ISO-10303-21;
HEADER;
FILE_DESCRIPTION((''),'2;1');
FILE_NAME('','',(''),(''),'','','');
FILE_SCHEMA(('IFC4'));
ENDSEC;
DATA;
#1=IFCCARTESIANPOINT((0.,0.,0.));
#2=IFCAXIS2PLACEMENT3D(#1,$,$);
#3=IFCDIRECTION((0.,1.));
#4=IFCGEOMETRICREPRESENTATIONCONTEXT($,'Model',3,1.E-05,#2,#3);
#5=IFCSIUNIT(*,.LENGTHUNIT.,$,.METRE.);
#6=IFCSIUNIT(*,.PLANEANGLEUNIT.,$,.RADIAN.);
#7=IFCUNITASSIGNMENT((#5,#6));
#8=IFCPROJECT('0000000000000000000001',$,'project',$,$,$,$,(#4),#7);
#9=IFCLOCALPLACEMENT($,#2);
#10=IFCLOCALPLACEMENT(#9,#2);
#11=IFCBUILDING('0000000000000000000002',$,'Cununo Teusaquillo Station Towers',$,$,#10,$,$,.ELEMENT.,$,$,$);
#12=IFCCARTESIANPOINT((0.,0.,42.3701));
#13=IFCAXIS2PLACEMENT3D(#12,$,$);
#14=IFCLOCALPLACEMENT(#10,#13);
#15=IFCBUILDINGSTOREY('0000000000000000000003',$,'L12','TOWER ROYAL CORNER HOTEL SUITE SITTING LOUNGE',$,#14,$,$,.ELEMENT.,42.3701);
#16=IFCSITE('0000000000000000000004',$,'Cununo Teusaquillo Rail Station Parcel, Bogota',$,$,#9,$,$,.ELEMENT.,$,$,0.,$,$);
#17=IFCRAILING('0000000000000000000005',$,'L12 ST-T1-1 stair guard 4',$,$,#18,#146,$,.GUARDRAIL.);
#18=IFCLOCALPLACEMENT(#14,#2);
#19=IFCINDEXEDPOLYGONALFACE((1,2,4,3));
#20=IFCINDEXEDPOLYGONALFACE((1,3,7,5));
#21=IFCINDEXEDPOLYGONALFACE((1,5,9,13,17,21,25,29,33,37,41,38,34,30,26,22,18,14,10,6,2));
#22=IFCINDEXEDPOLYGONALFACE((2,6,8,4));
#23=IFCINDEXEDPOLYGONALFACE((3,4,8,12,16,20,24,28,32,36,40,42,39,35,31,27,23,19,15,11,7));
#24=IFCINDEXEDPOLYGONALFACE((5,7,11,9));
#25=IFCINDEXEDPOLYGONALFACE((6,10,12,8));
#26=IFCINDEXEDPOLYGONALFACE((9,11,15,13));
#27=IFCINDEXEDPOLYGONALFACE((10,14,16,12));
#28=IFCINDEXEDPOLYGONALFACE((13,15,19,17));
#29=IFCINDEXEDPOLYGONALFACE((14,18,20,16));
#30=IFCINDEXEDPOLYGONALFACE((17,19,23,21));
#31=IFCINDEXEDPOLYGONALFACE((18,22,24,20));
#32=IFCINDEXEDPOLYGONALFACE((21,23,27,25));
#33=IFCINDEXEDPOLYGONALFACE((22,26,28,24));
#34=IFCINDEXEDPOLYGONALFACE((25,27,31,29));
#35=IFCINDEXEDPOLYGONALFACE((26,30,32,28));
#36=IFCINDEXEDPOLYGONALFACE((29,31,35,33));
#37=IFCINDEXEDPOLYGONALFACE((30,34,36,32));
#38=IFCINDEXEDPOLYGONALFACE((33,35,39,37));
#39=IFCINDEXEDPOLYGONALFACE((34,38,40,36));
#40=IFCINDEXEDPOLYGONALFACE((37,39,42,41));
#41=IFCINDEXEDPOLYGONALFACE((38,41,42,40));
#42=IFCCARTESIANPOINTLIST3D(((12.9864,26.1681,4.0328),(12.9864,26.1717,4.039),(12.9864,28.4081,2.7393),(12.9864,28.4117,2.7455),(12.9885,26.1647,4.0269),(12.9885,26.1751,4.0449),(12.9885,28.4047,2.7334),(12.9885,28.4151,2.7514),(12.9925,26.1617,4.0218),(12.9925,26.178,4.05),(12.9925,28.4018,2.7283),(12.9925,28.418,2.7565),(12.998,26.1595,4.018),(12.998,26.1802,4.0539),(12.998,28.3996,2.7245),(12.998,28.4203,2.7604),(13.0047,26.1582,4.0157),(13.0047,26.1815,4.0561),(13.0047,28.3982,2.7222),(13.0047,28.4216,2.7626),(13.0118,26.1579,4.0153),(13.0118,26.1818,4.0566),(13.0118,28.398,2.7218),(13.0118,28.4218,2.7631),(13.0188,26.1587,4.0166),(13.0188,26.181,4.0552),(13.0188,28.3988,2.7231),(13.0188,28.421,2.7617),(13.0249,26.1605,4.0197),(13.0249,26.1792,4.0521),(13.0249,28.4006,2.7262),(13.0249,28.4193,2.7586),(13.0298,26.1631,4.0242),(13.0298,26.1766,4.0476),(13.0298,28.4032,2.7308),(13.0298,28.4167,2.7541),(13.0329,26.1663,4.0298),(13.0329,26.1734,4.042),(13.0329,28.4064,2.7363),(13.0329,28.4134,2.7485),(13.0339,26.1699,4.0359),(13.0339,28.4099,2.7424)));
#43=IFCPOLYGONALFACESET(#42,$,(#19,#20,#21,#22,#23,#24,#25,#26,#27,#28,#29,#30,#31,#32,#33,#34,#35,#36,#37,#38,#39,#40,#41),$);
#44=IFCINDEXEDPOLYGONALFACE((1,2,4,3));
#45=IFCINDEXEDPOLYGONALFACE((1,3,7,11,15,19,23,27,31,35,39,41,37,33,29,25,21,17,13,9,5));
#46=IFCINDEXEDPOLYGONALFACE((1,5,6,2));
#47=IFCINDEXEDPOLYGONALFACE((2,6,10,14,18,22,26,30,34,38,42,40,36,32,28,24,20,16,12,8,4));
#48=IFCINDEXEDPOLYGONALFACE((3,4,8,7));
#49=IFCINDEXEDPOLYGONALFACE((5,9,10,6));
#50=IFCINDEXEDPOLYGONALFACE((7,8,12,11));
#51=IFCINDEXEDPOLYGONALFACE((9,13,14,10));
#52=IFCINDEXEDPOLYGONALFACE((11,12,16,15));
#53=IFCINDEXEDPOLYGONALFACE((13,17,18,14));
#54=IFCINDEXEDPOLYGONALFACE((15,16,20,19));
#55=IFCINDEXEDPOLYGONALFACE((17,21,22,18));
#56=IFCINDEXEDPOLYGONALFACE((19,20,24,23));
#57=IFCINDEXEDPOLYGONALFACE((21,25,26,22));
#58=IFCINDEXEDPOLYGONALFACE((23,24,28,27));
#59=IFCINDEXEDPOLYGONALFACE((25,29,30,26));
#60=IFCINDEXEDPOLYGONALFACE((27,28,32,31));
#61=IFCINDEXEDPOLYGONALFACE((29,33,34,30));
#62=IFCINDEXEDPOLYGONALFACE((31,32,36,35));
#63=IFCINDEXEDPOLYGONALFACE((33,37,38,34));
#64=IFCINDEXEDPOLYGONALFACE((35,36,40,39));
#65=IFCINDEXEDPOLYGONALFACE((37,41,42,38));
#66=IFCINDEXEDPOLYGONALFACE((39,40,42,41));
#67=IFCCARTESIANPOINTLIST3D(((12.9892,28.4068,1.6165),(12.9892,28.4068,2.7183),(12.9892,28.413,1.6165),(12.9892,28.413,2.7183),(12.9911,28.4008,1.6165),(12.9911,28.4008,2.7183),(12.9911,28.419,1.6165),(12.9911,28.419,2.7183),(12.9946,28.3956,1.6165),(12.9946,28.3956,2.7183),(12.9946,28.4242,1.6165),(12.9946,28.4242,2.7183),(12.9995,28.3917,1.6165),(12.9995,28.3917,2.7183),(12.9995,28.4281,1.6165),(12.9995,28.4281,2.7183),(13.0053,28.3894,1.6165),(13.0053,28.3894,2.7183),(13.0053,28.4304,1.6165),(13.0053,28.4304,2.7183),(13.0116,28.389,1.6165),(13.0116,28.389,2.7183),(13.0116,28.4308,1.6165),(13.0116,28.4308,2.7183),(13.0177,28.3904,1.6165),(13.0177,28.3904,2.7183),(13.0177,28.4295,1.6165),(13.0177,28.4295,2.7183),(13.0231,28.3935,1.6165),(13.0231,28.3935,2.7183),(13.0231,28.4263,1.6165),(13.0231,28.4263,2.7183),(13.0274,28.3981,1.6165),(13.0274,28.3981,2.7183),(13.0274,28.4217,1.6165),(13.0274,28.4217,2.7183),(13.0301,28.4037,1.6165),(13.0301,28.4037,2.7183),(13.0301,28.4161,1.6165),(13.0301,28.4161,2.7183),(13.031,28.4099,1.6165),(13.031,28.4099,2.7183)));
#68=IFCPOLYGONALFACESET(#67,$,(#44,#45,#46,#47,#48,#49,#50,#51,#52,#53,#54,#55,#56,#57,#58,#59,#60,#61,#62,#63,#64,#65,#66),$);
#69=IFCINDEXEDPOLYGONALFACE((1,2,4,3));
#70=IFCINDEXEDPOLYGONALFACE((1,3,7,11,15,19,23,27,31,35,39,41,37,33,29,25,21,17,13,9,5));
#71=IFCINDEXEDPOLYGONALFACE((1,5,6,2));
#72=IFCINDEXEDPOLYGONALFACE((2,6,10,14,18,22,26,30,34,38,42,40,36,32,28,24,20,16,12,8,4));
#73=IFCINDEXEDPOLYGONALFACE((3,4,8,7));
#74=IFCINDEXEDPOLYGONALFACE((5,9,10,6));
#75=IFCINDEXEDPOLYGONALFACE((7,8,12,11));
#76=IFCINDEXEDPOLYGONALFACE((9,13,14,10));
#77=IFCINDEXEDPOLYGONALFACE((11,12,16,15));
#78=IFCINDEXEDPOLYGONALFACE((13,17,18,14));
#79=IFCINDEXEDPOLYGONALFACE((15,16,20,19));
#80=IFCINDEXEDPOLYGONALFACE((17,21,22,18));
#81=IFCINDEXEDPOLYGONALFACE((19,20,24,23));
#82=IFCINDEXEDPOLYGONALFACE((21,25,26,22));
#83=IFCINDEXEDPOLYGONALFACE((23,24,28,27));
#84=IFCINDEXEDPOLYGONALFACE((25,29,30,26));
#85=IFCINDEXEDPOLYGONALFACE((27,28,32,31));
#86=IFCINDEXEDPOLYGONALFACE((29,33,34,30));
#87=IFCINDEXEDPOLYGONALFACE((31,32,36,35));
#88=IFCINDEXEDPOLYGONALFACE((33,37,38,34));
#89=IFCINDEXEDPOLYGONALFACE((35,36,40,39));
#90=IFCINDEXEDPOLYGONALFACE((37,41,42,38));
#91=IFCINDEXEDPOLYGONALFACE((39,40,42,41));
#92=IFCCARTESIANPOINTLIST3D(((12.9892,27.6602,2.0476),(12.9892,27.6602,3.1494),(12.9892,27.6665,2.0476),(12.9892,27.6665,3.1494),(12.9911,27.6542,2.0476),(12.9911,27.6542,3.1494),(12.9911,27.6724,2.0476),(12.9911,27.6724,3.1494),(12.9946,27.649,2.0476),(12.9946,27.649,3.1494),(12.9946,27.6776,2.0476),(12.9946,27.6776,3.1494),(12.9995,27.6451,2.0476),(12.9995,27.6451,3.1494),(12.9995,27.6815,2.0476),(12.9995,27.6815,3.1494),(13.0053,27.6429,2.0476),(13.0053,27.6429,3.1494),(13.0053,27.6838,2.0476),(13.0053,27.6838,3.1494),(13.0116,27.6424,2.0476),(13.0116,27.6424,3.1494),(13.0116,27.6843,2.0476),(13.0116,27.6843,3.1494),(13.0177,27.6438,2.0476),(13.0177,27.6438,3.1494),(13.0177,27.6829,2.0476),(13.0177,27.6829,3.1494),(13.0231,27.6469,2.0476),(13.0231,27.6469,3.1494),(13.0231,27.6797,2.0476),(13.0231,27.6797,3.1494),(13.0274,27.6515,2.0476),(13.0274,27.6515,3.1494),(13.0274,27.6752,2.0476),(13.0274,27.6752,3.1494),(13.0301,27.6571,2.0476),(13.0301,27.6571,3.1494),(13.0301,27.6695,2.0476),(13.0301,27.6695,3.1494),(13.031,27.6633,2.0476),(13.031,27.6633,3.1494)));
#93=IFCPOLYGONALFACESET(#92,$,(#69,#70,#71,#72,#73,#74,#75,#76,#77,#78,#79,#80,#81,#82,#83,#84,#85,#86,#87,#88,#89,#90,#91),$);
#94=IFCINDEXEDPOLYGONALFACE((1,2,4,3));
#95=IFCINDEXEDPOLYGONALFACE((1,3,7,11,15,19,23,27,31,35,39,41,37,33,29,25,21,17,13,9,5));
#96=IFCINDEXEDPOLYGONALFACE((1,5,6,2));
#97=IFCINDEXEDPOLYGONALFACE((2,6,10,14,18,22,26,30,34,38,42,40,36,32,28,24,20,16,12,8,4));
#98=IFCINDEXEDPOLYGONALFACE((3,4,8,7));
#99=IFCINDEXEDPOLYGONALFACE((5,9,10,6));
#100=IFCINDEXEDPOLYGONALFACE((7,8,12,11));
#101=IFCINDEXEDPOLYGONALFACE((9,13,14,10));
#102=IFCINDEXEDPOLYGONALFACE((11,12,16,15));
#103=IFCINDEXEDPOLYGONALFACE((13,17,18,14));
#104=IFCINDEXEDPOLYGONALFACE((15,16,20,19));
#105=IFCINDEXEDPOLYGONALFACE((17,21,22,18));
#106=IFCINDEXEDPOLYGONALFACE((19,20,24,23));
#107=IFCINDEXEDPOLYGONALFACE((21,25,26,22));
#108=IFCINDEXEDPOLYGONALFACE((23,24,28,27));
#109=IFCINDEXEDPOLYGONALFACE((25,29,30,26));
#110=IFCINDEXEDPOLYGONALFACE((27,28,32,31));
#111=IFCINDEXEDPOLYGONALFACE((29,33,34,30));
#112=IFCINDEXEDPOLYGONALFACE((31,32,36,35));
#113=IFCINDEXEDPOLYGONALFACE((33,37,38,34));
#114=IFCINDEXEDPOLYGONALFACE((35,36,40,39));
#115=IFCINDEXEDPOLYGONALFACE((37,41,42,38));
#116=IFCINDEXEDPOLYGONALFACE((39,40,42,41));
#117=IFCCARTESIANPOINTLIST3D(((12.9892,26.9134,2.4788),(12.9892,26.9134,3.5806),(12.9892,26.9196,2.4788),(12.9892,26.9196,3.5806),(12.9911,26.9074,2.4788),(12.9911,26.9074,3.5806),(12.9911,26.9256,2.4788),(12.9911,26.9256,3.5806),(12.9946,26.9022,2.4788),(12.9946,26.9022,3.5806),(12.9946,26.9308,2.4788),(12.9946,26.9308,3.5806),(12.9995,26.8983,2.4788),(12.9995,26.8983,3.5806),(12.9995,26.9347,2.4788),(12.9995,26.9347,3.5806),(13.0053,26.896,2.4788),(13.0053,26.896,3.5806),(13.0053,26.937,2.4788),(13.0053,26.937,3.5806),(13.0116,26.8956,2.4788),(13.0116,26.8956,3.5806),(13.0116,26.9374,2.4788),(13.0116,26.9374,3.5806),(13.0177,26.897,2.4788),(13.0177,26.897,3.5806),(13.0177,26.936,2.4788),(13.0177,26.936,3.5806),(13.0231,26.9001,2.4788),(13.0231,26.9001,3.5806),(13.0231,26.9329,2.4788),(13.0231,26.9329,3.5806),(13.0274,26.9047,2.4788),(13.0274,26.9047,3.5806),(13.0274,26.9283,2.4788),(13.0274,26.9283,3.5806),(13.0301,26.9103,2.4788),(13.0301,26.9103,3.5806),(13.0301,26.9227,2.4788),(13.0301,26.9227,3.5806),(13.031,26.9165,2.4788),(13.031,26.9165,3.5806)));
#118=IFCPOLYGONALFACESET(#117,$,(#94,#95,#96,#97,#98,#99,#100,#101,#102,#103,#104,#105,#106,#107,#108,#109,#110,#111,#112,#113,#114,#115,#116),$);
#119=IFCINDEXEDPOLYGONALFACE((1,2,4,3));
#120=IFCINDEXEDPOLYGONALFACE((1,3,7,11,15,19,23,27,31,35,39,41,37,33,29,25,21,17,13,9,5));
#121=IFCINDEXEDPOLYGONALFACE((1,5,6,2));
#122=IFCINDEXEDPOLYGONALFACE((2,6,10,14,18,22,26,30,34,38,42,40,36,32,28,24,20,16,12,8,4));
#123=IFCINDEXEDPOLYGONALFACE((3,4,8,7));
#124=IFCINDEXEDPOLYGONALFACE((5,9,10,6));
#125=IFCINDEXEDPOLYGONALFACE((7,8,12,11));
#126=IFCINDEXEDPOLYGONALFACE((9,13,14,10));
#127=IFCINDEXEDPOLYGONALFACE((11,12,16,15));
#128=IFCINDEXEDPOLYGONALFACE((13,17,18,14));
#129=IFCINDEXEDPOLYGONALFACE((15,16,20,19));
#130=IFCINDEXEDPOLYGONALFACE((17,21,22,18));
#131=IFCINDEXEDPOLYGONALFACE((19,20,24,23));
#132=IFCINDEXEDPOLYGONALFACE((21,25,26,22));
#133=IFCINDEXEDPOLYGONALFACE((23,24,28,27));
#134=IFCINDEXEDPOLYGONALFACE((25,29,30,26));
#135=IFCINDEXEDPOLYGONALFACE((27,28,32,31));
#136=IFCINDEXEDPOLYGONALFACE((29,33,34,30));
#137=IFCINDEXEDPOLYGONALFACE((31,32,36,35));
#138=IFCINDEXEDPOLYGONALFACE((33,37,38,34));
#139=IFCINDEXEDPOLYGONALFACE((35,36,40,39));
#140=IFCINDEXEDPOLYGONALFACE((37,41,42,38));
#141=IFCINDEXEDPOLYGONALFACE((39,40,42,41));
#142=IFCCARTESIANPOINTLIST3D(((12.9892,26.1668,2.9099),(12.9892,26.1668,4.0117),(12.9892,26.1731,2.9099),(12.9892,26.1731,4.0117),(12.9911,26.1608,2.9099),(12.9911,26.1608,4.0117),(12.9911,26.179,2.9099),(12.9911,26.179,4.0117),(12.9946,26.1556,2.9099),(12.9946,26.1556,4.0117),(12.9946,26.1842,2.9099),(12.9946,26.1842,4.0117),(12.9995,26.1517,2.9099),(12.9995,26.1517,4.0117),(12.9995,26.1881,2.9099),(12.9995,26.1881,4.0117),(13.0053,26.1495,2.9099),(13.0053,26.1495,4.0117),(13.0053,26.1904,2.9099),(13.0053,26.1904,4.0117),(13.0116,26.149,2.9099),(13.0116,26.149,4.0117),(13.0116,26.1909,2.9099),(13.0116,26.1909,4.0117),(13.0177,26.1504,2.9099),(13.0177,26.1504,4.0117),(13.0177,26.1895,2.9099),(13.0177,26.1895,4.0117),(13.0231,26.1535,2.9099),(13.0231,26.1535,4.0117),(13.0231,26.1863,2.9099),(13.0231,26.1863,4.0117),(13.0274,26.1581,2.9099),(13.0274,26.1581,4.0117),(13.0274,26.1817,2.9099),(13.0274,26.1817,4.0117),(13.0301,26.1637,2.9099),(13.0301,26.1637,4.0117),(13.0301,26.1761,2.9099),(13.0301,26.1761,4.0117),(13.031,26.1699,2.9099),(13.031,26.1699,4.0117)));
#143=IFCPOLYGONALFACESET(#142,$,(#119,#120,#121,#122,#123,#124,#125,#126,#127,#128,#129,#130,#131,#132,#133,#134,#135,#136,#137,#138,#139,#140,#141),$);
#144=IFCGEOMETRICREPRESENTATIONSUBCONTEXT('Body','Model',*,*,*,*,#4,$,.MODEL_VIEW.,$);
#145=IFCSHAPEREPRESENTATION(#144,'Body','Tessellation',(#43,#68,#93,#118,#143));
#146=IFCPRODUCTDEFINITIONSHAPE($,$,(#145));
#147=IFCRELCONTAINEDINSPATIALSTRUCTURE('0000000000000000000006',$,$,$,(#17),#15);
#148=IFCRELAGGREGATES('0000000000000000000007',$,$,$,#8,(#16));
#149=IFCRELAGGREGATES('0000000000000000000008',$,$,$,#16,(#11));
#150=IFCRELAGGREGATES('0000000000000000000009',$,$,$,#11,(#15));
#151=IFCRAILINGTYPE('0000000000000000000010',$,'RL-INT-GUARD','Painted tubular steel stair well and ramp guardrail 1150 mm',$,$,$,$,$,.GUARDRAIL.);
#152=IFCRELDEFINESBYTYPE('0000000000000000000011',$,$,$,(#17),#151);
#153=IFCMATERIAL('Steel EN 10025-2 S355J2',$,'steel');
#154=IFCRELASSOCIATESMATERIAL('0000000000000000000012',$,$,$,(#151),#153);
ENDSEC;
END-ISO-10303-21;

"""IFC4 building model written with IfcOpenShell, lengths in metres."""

from ifc_helpers import new_model, si_unit, direction, frame, origin, origin_2d, place, context, subcontext, project, spatial, circle, extrude, material, type_object, element, save


model = new_model("IFC4")

# Units and contexts
model_context = context("Model", 3, precision=1e-05, world=origin(), true_north=direction((0.0, 1.0)))
body_context = subcontext(model_context, "Body", "Model", "MODEL_VIEW")
ifc_project = project(units=[si_unit("LENGTHUNIT", "METRE"), si_unit("PLANEANGLEUNIT", "RADIAN")], contexts=[model_context])

# Site, building, storey
site_placement = place(None, origin())
site = spatial("IfcSite", under=ifc_project, at=site_placement, Name="Cununo Teusaquillo Rail Station Parcel, Bogota", CompositionType="ELEMENT", RefElevation=0.0)
building_placement = place(site_placement, origin())
building = spatial("IfcBuilding", under=site, at=building_placement, Name="Cununo Teusaquillo Station Towers", CompositionType="ELEMENT")
storey_placement = place(building_placement, frame((0.0, 0.0, 42.3701)))
storey = spatial("IfcBuildingStorey", under=building, at=storey_placement, Name="L12", Description="TOWER ROYAL CORNER HOTEL SUITE SITTING LOUNGE", CompositionType="ELEMENT", Elevation=42.3701)

# Railing
ifc_material_1 = material(Name="Steel EN 10025-2 S355J2", Category="steel")
railing_type_1 = type_object("IfcRailingType", Name="RL-INT-GUARD", Description="Painted tubular steel stair well and ramp guardrail 1150 mm", PredefinedType="GUARDRAIL", material=ifc_material_1)
railing_1_placement = place(storey_placement, frame((13.01, 28.4099, 1.6165)))
element("IfcRailing", 1, at=railing_1_placement, inside=storey, type_object=railing_type_1, Name="L12 ST-T1-1 stair guard 4", PredefinedType="GUARDRAIL", context=body_context, shape_type="SweptSolid", body=[
    extrude(circle(Radius=0.0239, at=origin_2d()), frame((0.0, 0.0, 1.126), z_axis=(0.0, -0.865992, 0.500057), x_axis=(1.0, 0.0, 0.0)), (0.0, 0.0, 1.0), 2.5867),
    extrude(circle(Radius=0.021, at=origin_2d()), origin(), (0.0, 0.0, 1.0), 1.1018),
    extrude(circle(Radius=0.021, at=origin_2d()), frame((0.0, -0.7466, 0.4312)), (0.0, 0.0, 1.0), 1.1018),
    extrude(circle(Radius=0.021, at=origin_2d()), frame((0.0, -1.4934, 0.8623)), (0.0, 0.0, 1.0), 1.1018),
    extrude(circle(Radius=0.021, at=origin_2d()), frame((0.0, -2.24, 1.2935)), (0.0, 0.0, 1.0), 1.1018),
])

save(model, "model.ifc")
